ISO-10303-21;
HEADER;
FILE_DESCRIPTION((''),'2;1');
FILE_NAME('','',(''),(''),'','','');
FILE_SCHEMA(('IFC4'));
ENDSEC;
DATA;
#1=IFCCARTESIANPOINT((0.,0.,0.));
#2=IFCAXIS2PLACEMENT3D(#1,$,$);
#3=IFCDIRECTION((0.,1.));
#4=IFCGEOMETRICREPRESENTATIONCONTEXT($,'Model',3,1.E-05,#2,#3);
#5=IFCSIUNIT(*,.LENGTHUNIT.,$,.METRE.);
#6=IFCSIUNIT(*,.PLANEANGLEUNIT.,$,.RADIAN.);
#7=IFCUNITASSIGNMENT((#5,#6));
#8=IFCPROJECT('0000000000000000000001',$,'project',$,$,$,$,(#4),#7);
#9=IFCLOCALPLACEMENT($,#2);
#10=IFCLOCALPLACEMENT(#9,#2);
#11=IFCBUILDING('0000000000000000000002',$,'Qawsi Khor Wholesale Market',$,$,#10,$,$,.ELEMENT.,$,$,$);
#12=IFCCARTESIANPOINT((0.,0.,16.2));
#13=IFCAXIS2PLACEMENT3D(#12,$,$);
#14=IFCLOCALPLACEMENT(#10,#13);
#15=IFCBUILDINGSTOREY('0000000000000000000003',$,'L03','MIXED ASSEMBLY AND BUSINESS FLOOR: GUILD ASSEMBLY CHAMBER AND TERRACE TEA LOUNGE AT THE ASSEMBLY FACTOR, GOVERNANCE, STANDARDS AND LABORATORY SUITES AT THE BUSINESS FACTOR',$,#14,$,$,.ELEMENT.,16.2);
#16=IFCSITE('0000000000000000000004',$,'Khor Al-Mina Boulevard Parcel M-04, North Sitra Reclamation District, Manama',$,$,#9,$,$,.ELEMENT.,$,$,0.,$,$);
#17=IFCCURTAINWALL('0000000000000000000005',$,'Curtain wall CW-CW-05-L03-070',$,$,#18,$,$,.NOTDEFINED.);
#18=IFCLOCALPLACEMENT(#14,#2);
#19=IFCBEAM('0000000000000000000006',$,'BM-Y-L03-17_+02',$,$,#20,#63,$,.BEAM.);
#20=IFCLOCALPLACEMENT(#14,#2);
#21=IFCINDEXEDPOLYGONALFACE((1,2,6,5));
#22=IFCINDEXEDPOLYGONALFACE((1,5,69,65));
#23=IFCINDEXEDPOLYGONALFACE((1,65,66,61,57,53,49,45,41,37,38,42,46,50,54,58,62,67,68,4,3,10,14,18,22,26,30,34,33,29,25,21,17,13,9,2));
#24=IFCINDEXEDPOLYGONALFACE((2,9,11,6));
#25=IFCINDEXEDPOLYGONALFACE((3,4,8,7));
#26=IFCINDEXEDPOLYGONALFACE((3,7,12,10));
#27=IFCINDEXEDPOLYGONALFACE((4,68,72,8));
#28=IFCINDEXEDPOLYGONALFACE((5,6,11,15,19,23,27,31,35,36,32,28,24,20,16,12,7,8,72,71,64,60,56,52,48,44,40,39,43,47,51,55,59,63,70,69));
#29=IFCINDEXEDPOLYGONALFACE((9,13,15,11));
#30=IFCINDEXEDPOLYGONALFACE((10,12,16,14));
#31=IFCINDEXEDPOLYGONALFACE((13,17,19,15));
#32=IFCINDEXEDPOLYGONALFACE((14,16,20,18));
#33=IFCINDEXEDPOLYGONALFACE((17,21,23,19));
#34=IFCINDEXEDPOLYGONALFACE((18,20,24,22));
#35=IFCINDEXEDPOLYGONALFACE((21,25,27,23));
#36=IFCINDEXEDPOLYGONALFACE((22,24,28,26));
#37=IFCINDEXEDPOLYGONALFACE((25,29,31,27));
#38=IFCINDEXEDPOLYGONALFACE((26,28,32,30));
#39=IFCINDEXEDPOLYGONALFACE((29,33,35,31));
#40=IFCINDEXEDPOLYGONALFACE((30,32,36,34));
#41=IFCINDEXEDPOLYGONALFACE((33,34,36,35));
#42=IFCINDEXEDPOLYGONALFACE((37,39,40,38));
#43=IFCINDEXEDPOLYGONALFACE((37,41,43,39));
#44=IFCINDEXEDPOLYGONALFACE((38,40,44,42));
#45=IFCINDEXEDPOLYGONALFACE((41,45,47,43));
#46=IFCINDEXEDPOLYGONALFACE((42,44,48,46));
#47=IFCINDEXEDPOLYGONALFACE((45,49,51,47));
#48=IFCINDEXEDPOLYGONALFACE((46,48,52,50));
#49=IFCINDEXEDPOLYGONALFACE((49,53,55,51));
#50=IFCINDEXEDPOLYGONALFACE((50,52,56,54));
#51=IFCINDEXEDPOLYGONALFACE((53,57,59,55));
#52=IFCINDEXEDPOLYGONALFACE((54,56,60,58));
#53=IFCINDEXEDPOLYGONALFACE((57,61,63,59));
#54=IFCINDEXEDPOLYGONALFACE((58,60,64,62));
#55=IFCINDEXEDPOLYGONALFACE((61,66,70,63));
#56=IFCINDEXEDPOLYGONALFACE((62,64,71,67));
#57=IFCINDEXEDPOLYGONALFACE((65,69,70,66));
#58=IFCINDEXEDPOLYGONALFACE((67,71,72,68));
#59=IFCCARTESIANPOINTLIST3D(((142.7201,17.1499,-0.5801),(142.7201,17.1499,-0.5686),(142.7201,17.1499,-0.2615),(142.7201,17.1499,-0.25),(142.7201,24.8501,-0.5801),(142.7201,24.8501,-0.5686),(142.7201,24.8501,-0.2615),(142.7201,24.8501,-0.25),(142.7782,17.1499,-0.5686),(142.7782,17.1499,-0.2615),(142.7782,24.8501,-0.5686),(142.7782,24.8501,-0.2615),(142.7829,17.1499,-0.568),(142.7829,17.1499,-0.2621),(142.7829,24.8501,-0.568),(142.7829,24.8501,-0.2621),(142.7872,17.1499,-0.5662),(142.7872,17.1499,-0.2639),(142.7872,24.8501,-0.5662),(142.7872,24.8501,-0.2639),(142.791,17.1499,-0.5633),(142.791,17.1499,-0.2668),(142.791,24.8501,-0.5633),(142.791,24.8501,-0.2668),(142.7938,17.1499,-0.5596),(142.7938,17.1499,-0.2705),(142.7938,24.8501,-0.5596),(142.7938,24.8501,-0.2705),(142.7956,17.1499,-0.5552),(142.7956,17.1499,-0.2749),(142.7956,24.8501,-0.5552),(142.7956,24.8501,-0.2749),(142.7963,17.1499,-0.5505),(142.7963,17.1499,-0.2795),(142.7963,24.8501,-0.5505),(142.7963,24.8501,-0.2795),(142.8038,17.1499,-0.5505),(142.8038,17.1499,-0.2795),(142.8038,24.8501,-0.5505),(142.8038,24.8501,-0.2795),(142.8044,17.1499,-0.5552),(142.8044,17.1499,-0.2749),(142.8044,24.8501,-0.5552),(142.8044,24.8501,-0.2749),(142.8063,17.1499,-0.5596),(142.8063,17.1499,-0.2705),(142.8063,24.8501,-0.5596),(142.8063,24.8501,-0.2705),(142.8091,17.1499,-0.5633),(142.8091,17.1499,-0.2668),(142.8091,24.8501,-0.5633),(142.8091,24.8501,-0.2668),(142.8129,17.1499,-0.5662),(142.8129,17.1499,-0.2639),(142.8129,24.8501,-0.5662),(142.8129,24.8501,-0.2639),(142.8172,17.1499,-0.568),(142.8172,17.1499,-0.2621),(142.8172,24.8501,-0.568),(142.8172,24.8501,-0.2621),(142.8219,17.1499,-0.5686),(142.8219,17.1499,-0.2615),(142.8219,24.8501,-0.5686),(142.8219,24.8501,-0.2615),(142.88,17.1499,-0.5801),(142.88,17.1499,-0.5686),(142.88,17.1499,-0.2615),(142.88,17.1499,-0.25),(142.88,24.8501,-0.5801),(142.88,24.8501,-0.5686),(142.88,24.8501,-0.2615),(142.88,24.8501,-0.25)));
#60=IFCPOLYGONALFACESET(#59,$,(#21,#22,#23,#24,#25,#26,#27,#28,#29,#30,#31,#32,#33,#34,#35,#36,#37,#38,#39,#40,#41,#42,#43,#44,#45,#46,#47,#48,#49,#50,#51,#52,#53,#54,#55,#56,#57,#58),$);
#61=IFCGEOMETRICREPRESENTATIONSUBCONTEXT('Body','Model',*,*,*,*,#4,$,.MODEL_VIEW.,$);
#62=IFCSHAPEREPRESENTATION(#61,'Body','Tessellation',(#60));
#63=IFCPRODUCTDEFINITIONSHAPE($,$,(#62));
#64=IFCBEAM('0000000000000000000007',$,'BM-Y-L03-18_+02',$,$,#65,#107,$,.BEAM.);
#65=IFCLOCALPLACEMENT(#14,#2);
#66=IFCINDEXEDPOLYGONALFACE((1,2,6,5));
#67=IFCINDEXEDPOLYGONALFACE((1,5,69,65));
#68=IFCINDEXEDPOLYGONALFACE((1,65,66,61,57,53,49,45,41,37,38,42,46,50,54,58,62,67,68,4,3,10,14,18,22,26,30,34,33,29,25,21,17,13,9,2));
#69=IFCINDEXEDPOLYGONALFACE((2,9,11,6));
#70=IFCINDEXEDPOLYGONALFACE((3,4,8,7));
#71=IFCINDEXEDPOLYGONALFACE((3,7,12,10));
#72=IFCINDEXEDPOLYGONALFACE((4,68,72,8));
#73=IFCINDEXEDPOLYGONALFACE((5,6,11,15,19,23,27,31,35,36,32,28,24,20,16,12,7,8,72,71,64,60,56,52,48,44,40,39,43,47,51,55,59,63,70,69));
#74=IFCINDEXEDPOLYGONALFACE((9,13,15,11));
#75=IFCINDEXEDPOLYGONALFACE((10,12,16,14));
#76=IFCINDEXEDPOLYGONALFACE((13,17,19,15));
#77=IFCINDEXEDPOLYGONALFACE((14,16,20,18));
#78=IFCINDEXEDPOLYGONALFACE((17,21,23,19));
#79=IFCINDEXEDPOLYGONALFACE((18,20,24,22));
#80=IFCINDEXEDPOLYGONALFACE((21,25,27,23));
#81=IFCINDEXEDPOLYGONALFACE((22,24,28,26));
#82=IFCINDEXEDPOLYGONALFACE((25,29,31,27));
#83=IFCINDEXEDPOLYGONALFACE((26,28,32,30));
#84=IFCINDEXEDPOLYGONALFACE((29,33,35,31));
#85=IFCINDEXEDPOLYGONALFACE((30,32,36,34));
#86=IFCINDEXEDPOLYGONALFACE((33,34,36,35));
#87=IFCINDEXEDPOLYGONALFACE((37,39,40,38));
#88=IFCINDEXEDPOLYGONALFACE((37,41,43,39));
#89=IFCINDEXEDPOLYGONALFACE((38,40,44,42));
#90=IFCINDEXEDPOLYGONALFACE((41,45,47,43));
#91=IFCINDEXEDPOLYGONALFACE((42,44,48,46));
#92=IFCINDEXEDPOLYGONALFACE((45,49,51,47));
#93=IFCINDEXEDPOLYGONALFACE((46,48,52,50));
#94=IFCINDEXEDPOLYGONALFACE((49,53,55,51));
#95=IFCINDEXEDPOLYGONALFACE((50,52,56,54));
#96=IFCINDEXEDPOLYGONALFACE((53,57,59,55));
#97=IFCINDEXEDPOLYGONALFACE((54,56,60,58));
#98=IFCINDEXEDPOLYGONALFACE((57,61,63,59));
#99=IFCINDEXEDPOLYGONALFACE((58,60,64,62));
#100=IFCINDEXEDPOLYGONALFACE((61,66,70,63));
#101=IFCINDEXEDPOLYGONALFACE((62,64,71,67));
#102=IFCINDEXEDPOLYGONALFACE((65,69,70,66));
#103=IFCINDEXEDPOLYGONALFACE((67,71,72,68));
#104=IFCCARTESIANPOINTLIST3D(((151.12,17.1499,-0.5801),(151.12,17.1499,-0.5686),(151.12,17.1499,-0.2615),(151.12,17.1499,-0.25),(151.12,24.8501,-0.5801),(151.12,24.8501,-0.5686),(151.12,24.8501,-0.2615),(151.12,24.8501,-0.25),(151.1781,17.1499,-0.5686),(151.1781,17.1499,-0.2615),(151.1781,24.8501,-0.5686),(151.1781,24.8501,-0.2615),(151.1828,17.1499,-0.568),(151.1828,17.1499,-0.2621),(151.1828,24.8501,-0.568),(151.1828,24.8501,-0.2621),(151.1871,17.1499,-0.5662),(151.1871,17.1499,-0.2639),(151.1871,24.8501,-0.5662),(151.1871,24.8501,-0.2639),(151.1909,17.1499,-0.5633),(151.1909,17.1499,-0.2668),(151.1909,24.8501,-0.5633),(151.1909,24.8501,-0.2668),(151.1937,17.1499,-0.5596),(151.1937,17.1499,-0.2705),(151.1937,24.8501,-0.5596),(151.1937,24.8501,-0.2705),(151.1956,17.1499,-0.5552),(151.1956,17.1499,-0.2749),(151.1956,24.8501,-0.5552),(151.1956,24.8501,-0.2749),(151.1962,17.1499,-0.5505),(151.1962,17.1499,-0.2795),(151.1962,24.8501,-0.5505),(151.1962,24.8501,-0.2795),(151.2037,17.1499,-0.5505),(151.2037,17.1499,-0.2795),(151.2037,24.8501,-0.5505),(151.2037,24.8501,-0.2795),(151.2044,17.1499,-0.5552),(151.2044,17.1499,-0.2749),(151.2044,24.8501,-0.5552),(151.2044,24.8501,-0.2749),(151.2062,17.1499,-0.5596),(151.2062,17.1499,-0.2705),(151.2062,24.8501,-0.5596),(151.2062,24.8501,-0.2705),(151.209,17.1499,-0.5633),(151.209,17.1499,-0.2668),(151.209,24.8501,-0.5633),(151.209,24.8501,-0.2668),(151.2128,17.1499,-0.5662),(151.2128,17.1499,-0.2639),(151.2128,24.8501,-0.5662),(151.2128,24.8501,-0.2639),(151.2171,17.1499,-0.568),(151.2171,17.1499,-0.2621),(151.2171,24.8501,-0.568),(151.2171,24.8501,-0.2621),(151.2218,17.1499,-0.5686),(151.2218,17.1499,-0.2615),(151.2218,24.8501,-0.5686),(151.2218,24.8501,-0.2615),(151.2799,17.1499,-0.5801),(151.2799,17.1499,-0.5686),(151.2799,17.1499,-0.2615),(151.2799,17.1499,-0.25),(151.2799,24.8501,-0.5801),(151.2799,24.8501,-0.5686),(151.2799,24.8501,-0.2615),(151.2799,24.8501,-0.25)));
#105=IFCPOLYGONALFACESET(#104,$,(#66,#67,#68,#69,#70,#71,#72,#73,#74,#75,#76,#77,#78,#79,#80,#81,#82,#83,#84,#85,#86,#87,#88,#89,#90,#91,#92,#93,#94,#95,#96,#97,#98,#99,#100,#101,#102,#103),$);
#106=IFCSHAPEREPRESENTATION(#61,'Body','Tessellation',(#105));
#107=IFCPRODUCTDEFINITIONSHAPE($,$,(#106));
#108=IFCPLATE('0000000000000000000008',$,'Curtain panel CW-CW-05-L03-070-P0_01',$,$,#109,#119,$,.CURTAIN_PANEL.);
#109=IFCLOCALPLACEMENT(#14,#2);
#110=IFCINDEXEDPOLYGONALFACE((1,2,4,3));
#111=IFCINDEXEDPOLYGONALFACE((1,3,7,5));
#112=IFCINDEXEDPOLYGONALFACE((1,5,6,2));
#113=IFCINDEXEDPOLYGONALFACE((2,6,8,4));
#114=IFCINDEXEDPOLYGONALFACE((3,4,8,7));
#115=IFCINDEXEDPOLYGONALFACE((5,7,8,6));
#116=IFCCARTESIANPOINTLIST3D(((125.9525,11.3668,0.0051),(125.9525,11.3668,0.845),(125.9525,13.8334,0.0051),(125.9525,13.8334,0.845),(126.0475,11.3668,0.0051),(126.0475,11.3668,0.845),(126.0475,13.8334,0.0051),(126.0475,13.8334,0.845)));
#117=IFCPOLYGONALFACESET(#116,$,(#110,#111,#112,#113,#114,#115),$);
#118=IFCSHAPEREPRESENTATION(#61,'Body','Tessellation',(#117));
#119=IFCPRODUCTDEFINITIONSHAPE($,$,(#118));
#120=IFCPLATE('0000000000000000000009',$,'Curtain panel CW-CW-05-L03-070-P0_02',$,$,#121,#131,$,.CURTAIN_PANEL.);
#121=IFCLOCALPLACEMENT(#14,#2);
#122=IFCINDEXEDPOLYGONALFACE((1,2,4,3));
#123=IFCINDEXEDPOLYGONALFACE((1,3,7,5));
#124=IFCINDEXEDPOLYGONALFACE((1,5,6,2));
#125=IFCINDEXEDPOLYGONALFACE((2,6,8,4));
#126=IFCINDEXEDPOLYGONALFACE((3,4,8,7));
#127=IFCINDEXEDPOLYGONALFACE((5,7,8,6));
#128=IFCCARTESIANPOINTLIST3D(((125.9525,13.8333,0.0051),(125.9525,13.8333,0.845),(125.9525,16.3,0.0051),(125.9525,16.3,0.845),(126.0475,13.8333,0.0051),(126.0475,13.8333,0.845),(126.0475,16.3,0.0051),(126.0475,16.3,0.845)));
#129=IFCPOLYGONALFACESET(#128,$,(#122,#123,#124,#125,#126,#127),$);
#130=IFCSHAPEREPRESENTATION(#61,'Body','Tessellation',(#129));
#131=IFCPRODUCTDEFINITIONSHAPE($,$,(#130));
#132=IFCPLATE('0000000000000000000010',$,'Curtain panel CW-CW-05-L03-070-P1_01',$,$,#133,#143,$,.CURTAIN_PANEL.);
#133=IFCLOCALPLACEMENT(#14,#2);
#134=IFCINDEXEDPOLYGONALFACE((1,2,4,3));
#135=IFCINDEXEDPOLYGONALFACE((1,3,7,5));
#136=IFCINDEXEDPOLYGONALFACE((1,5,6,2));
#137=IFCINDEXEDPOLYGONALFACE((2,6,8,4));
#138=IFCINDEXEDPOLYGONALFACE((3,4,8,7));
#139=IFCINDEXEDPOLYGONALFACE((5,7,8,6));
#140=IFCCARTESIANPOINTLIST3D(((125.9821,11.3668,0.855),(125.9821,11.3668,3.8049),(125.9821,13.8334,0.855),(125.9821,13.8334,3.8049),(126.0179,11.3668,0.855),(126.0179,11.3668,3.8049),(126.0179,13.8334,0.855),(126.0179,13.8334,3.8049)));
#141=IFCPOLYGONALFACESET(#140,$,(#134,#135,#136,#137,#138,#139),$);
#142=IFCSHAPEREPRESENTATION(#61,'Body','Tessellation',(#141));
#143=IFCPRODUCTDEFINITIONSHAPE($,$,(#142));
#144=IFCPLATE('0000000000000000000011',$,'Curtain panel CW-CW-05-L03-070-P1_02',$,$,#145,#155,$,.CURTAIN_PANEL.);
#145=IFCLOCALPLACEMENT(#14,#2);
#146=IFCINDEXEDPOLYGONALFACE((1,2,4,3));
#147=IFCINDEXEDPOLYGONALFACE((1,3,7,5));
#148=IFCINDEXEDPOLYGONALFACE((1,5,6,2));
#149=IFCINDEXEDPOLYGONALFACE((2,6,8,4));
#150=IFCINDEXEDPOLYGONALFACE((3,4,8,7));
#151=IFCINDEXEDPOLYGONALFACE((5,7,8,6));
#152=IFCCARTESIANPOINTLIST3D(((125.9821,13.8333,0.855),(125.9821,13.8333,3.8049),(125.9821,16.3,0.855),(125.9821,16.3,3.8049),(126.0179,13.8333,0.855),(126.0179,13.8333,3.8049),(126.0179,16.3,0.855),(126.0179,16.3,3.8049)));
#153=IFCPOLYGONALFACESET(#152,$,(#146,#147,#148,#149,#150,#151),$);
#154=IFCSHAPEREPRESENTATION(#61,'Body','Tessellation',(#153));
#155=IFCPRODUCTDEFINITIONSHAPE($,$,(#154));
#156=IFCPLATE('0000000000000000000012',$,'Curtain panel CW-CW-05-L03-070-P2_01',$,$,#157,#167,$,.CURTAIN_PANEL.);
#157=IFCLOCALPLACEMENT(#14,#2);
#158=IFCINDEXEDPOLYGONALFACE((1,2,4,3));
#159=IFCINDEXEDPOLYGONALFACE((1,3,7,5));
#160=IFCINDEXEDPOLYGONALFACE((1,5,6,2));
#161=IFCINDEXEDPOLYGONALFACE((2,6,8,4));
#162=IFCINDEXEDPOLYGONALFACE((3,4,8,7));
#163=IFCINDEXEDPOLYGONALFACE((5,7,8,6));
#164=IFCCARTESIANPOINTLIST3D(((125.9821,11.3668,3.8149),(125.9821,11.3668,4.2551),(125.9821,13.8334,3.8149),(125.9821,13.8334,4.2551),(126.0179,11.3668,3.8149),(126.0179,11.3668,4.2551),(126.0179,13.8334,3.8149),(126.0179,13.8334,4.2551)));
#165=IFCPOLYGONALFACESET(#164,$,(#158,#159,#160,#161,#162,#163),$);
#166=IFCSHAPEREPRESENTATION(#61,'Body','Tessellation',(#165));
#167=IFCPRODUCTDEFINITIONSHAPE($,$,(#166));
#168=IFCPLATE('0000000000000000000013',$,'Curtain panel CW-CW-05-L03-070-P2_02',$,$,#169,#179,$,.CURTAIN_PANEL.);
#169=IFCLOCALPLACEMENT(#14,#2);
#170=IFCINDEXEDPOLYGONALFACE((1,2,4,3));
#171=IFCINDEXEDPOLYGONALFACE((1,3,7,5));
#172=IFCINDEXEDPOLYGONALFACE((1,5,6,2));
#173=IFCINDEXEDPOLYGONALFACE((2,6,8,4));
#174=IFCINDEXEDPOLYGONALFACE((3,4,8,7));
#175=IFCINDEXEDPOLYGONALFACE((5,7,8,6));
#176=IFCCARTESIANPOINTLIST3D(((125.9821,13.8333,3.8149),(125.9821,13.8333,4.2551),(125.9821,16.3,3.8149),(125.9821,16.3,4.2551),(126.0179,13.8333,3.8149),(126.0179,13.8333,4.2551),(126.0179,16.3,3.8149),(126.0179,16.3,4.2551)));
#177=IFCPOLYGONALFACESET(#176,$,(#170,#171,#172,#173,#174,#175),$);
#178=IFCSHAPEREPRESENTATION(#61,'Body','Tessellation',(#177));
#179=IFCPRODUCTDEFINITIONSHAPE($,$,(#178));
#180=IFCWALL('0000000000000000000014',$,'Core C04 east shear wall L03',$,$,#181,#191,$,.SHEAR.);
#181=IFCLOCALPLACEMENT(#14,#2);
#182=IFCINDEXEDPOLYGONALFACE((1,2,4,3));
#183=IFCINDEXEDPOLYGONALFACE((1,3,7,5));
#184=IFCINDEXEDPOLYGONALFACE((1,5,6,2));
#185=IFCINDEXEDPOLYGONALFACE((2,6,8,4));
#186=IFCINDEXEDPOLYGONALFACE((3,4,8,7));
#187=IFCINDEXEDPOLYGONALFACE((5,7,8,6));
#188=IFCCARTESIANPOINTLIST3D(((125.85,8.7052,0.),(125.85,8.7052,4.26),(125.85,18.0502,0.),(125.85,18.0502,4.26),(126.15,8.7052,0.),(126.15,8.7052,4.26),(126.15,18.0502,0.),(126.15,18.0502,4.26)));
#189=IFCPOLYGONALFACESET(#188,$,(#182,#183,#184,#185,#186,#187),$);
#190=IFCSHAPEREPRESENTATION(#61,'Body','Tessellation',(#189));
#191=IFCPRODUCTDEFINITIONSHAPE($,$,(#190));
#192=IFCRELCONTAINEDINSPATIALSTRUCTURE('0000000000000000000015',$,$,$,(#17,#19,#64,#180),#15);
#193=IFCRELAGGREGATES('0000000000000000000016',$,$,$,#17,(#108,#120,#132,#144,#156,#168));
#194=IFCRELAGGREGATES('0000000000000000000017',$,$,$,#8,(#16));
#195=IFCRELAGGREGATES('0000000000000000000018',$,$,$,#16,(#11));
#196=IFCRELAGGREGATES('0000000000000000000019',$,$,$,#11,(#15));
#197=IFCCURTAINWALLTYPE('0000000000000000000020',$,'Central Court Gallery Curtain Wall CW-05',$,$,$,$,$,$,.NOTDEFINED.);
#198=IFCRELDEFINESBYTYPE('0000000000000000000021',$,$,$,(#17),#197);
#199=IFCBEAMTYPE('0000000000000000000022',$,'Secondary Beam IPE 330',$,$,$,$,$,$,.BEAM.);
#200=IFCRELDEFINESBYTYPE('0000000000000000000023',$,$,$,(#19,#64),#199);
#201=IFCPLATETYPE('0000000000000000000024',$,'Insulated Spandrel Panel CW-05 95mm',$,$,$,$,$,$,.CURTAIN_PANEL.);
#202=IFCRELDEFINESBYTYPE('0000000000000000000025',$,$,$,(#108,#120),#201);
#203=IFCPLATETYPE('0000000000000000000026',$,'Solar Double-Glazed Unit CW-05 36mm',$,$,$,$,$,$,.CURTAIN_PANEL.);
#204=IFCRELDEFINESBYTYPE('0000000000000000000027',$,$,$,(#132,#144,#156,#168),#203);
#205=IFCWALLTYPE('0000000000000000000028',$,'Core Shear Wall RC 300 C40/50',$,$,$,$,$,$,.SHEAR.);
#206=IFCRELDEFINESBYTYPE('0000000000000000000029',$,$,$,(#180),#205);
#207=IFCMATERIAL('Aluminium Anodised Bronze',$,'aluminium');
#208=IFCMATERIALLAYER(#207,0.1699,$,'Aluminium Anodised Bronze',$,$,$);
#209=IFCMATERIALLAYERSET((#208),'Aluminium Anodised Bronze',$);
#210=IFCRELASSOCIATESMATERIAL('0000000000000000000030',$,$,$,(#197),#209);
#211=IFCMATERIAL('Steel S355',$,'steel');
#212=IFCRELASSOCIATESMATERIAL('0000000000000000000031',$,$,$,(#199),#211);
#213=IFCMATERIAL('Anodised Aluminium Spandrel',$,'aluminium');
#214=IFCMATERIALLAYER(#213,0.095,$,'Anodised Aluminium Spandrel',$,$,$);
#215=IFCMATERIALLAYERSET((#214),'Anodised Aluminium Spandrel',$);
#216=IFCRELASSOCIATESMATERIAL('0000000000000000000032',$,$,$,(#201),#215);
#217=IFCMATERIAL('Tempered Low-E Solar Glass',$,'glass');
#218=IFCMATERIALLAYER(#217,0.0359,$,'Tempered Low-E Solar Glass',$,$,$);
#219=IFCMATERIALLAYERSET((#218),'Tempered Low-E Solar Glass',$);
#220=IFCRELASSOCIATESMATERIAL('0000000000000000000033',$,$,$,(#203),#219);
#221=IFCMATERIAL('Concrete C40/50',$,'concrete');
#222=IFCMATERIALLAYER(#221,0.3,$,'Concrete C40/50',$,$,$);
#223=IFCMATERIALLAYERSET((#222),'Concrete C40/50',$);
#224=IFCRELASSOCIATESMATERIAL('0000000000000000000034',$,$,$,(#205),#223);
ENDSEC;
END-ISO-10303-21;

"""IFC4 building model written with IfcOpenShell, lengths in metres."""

from ifc_helpers import new_model, si_unit, direction, frame, frame_2d, origin, origin_2d, place, context, subcontext, project, spatial, rectangle, i_section, extrude, material, layer, layer_set, material_profile, profile_set, type_object, element, aggregate, save


model = new_model("IFC4")

# Units and contexts
model_context = context("Model", 3, precision=1e-05, world=origin(), true_north=direction((0.0, 1.0)))
body_context = subcontext(model_context, "Body", "Model", "MODEL_VIEW")
ifc_project = project(units=[si_unit("LENGTHUNIT", "METRE"), si_unit("PLANEANGLEUNIT", "RADIAN")], contexts=[model_context])

# Site, building, storey
site_placement = place(None, origin())
site = spatial("IfcSite", under=ifc_project, at=site_placement, Name="Khor Al-Mina Boulevard Parcel M-04, North Sitra Reclamation District, Manama", CompositionType="ELEMENT", RefElevation=0.0)
building_placement = place(site_placement, origin())
building = spatial("IfcBuilding", under=site, at=building_placement, Name="Qawsi Khor Wholesale Market", CompositionType="ELEMENT")
storey_placement = place(building_placement, frame((0.0, 0.0, 16.2)))
storey = spatial("IfcBuildingStorey", under=building, at=storey_placement, Name="L03", Description="MIXED ASSEMBLY AND BUSINESS FLOOR: GUILD ASSEMBLY CHAMBER AND TERRACE TEA LOUNGE AT THE ASSEMBLY FACTOR, GOVERNANCE, STANDARDS AND LABORATORY SUITES AT THE BUSINESS FACTOR", CompositionType="ELEMENT", Elevation=16.2)

# Curtain wall
ifc_material_1 = material(Name="Aluminium Anodised Bronze", Category="aluminium")
ifc_layer_1 = layer(ifc_material_1, 0.1699, Name="Aluminium Anodised Bronze")
ifc_layer_set_1 = layer_set([ifc_layer_1], Name="Aluminium Anodised Bronze")
curtain_wall_type = type_object("IfcCurtainWallType", Name="Central Court Gallery Curtain Wall CW-05", PredefinedType="NOTDEFINED", material=ifc_layer_set_1)
curtain_wall_placement = place(storey_placement, origin())
curtain_wall = element("IfcCurtainWall", 1, at=curtain_wall_placement, inside=storey, type_object=curtain_wall_type, Name="Curtain wall CW-CW-05-L03-070", PredefinedType="NOTDEFINED")

# Shared definitions
ifc_material_2 = material(Name="Steel S355", Category="steel")

# Beams
ifc_material_profile_1 = material_profile(ifc_material_2, i_section(OverallWidth=0.1599, OverallDepth=0.3301, WebThickness=0.0076, FlangeThickness=0.0115, FilletRadius=0.0181, at=origin_2d()), Name="IPE 330")
ifc_profile_set_1 = profile_set([ifc_material_profile_1], Name="Steel S355")
beam_type_1 = type_object("IfcBeamType", Name="Secondary Beam IPE 330", PredefinedType="BEAM", material=ifc_profile_set_1)
for number, where, z_axis, x_axis, name in (
    (2, (142.8, 17.1499, -0.415), (0.0, 1.0, 0.0), (-1.0, 0.0, 0.0), "BM-Y-L03-17_+02"),
    (3, (151.2, 17.1499, -0.415), (0.0, 1.0, 0.0), (-1.0, 0.0, 0.0), "BM-Y-L03-18_+02"),
):
    element("IfcBeam", number, at=place(storey_placement, frame(where, z_axis=z_axis, x_axis=x_axis)), inside=storey, type_object=beam_type_1, Name=name, PredefinedType="BEAM", context=body_context, shape_type="SweptSolid", body=[
        extrude(i_section(OverallWidth=0.1599, OverallDepth=0.3301, WebThickness=0.0076, FlangeThickness=0.0115, FilletRadius=0.0181, at=origin_2d()), origin(), (0.0, 0.0, 1.0), 7.7002),
    ])

# Plates
ifc_material_3 = material(Name="Anodised Aluminium Spandrel", Category="aluminium")
ifc_layer_2 = layer(ifc_material_3, 0.095, Name="Anodised Aluminium Spandrel")
ifc_layer_set_2 = layer_set([ifc_layer_2], Name="Anodised Aluminium Spandrel")
plate_type_1 = type_object("IfcPlateType", Name="Insulated Spandrel Panel CW-05 95mm", PredefinedType="CURTAIN_PANEL", material=ifc_layer_set_2)
plate_1_placement = place(storey_placement, frame((126.0, 11.3667, 0.0051), z_axis=(0.0, 0.0, 1.0), x_axis=(0.0, 1.0, 0.0)))
plate_1 = element("IfcPlate", 4, at=plate_1_placement, type_object=plate_type_1, Name="Curtain panel CW-CW-05-L03-070-P0_01", PredefinedType="CURTAIN_PANEL", context=body_context, shape_type="SweptSolid", body=[
    extrude(rectangle(XDim=2.4666, YDim=0.095, at=frame_2d((1.2334, 0.0))), origin(), (0.0, 0.0, 1.0), 0.8398),
])
plate_2_placement = place(storey_placement, frame((126.0, 13.8333, 0.0051), z_axis=(0.0, 0.0, 1.0), x_axis=(0.0, 1.0, 0.0)))
plate_2 = element("IfcPlate", 5, at=plate_2_placement, type_object=plate_type_1, Name="Curtain panel CW-CW-05-L03-070-P0_02", PredefinedType="CURTAIN_PANEL", context=body_context, shape_type="SweptSolid", body=[
    extrude(rectangle(XDim=2.4668, YDim=0.095, at=frame_2d((1.2334, 0.0))), origin(), (0.0, 0.0, 1.0), 0.8398),
])
ifc_material_4 = material(Name="Tempered Low-E Solar Glass", Category="glass")
ifc_layer_3 = layer(ifc_material_4, 0.0359, Name="Tempered Low-E Solar Glass")
ifc_layer_set_3 = layer_set([ifc_layer_3], Name="Tempered Low-E Solar Glass")
plate_type_2 = type_object("IfcPlateType", Name="Solar Double-Glazed Unit CW-05 36mm", PredefinedType="CURTAIN_PANEL", material=ifc_layer_set_3)
plate_3_placement = place(storey_placement, frame((126.0, 11.3667, 0.855), z_axis=(0.0, 0.0, 1.0), x_axis=(0.0, 1.0, 0.0)))
plate_3 = element("IfcPlate", 6, at=plate_3_placement, type_object=plate_type_2, Name="Curtain panel CW-CW-05-L03-070-P1_01", PredefinedType="CURTAIN_PANEL", context=body_context, shape_type="SweptSolid", body=[
    extrude(rectangle(XDim=2.4666, YDim=0.0359, at=frame_2d((1.2334, 0.0))), origin(), (0.0, 0.0, 1.0), 2.95),
])
plate_4_placement = place(storey_placement, frame((126.0, 13.8333, 0.855), z_axis=(0.0, 0.0, 1.0), x_axis=(0.0, 1.0, 0.0)))
plate_4 = element("IfcPlate", 7, at=plate_4_placement, type_object=plate_type_2, Name="Curtain panel CW-CW-05-L03-070-P1_02", PredefinedType="CURTAIN_PANEL", context=body_context, shape_type="SweptSolid", body=[
    extrude(rectangle(XDim=2.4668, YDim=0.0359, at=frame_2d((1.2334, 0.0))), origin(), (0.0, 0.0, 1.0), 2.95),
])
plate_5_placement = place(storey_placement, frame((126.0, 11.3667, 3.8149), z_axis=(0.0, 0.0, 1.0), x_axis=(0.0, 1.0, 0.0)))
plate_5 = element("IfcPlate", 8, at=plate_5_placement, type_object=plate_type_2, Name="Curtain panel CW-CW-05-L03-070-P2_01", PredefinedType="CURTAIN_PANEL", context=body_context, shape_type="SweptSolid", body=[
    extrude(rectangle(XDim=2.4666, YDim=0.0359, at=frame_2d((1.2334, 0.0))), origin(), (0.0, 0.0, 1.0), 0.4402),
])
plate_6_placement = place(storey_placement, frame((126.0, 13.8333, 3.8149), z_axis=(0.0, 0.0, 1.0), x_axis=(0.0, 1.0, 0.0)))
plate_6 = element("IfcPlate", 9, at=plate_6_placement, type_object=plate_type_2, Name="Curtain panel CW-CW-05-L03-070-P2_02", PredefinedType="CURTAIN_PANEL", context=body_context, shape_type="SweptSolid", body=[
    extrude(rectangle(XDim=2.4668, YDim=0.0359, at=frame_2d((1.2334, 0.0))), origin(), (0.0, 0.0, 1.0), 0.4402),
])
aggregate(curtain_wall, [plate_1, plate_2, plate_3, plate_4, plate_5, plate_6])

# Wall
ifc_material_5 = material(Name="Concrete C40/50", Category="concrete")
ifc_layer_4 = layer(ifc_material_5, 0.3, Name="Concrete C40/50")
ifc_layer_set_4 = layer_set([ifc_layer_4], Name="Concrete C40/50")
wall_type_1 = type_object("IfcWallType", Name="Core Shear Wall RC 300 C40/50", PredefinedType="SHEAR", material=ifc_layer_set_4)
wall_1_placement = place(storey_placement, frame((126.0, 18.05, 0.0), z_axis=(0.0, 0.0, 1.0), x_axis=(0.0, -1.0, 0.0)))
element("IfcWall", 10, at=wall_1_placement, inside=storey, type_object=wall_type_1, Name="Core C04 east shear wall L03", PredefinedType="SHEAR", context=body_context, shape_type="SweptSolid", body=[
    extrude(rectangle(XDim=9.345, YDim=0.3, at=frame_2d((4.6724, 0.0))), origin(), (0.0, 0.0, 1.0), 4.26),
])

save(model, "model.ifc")
